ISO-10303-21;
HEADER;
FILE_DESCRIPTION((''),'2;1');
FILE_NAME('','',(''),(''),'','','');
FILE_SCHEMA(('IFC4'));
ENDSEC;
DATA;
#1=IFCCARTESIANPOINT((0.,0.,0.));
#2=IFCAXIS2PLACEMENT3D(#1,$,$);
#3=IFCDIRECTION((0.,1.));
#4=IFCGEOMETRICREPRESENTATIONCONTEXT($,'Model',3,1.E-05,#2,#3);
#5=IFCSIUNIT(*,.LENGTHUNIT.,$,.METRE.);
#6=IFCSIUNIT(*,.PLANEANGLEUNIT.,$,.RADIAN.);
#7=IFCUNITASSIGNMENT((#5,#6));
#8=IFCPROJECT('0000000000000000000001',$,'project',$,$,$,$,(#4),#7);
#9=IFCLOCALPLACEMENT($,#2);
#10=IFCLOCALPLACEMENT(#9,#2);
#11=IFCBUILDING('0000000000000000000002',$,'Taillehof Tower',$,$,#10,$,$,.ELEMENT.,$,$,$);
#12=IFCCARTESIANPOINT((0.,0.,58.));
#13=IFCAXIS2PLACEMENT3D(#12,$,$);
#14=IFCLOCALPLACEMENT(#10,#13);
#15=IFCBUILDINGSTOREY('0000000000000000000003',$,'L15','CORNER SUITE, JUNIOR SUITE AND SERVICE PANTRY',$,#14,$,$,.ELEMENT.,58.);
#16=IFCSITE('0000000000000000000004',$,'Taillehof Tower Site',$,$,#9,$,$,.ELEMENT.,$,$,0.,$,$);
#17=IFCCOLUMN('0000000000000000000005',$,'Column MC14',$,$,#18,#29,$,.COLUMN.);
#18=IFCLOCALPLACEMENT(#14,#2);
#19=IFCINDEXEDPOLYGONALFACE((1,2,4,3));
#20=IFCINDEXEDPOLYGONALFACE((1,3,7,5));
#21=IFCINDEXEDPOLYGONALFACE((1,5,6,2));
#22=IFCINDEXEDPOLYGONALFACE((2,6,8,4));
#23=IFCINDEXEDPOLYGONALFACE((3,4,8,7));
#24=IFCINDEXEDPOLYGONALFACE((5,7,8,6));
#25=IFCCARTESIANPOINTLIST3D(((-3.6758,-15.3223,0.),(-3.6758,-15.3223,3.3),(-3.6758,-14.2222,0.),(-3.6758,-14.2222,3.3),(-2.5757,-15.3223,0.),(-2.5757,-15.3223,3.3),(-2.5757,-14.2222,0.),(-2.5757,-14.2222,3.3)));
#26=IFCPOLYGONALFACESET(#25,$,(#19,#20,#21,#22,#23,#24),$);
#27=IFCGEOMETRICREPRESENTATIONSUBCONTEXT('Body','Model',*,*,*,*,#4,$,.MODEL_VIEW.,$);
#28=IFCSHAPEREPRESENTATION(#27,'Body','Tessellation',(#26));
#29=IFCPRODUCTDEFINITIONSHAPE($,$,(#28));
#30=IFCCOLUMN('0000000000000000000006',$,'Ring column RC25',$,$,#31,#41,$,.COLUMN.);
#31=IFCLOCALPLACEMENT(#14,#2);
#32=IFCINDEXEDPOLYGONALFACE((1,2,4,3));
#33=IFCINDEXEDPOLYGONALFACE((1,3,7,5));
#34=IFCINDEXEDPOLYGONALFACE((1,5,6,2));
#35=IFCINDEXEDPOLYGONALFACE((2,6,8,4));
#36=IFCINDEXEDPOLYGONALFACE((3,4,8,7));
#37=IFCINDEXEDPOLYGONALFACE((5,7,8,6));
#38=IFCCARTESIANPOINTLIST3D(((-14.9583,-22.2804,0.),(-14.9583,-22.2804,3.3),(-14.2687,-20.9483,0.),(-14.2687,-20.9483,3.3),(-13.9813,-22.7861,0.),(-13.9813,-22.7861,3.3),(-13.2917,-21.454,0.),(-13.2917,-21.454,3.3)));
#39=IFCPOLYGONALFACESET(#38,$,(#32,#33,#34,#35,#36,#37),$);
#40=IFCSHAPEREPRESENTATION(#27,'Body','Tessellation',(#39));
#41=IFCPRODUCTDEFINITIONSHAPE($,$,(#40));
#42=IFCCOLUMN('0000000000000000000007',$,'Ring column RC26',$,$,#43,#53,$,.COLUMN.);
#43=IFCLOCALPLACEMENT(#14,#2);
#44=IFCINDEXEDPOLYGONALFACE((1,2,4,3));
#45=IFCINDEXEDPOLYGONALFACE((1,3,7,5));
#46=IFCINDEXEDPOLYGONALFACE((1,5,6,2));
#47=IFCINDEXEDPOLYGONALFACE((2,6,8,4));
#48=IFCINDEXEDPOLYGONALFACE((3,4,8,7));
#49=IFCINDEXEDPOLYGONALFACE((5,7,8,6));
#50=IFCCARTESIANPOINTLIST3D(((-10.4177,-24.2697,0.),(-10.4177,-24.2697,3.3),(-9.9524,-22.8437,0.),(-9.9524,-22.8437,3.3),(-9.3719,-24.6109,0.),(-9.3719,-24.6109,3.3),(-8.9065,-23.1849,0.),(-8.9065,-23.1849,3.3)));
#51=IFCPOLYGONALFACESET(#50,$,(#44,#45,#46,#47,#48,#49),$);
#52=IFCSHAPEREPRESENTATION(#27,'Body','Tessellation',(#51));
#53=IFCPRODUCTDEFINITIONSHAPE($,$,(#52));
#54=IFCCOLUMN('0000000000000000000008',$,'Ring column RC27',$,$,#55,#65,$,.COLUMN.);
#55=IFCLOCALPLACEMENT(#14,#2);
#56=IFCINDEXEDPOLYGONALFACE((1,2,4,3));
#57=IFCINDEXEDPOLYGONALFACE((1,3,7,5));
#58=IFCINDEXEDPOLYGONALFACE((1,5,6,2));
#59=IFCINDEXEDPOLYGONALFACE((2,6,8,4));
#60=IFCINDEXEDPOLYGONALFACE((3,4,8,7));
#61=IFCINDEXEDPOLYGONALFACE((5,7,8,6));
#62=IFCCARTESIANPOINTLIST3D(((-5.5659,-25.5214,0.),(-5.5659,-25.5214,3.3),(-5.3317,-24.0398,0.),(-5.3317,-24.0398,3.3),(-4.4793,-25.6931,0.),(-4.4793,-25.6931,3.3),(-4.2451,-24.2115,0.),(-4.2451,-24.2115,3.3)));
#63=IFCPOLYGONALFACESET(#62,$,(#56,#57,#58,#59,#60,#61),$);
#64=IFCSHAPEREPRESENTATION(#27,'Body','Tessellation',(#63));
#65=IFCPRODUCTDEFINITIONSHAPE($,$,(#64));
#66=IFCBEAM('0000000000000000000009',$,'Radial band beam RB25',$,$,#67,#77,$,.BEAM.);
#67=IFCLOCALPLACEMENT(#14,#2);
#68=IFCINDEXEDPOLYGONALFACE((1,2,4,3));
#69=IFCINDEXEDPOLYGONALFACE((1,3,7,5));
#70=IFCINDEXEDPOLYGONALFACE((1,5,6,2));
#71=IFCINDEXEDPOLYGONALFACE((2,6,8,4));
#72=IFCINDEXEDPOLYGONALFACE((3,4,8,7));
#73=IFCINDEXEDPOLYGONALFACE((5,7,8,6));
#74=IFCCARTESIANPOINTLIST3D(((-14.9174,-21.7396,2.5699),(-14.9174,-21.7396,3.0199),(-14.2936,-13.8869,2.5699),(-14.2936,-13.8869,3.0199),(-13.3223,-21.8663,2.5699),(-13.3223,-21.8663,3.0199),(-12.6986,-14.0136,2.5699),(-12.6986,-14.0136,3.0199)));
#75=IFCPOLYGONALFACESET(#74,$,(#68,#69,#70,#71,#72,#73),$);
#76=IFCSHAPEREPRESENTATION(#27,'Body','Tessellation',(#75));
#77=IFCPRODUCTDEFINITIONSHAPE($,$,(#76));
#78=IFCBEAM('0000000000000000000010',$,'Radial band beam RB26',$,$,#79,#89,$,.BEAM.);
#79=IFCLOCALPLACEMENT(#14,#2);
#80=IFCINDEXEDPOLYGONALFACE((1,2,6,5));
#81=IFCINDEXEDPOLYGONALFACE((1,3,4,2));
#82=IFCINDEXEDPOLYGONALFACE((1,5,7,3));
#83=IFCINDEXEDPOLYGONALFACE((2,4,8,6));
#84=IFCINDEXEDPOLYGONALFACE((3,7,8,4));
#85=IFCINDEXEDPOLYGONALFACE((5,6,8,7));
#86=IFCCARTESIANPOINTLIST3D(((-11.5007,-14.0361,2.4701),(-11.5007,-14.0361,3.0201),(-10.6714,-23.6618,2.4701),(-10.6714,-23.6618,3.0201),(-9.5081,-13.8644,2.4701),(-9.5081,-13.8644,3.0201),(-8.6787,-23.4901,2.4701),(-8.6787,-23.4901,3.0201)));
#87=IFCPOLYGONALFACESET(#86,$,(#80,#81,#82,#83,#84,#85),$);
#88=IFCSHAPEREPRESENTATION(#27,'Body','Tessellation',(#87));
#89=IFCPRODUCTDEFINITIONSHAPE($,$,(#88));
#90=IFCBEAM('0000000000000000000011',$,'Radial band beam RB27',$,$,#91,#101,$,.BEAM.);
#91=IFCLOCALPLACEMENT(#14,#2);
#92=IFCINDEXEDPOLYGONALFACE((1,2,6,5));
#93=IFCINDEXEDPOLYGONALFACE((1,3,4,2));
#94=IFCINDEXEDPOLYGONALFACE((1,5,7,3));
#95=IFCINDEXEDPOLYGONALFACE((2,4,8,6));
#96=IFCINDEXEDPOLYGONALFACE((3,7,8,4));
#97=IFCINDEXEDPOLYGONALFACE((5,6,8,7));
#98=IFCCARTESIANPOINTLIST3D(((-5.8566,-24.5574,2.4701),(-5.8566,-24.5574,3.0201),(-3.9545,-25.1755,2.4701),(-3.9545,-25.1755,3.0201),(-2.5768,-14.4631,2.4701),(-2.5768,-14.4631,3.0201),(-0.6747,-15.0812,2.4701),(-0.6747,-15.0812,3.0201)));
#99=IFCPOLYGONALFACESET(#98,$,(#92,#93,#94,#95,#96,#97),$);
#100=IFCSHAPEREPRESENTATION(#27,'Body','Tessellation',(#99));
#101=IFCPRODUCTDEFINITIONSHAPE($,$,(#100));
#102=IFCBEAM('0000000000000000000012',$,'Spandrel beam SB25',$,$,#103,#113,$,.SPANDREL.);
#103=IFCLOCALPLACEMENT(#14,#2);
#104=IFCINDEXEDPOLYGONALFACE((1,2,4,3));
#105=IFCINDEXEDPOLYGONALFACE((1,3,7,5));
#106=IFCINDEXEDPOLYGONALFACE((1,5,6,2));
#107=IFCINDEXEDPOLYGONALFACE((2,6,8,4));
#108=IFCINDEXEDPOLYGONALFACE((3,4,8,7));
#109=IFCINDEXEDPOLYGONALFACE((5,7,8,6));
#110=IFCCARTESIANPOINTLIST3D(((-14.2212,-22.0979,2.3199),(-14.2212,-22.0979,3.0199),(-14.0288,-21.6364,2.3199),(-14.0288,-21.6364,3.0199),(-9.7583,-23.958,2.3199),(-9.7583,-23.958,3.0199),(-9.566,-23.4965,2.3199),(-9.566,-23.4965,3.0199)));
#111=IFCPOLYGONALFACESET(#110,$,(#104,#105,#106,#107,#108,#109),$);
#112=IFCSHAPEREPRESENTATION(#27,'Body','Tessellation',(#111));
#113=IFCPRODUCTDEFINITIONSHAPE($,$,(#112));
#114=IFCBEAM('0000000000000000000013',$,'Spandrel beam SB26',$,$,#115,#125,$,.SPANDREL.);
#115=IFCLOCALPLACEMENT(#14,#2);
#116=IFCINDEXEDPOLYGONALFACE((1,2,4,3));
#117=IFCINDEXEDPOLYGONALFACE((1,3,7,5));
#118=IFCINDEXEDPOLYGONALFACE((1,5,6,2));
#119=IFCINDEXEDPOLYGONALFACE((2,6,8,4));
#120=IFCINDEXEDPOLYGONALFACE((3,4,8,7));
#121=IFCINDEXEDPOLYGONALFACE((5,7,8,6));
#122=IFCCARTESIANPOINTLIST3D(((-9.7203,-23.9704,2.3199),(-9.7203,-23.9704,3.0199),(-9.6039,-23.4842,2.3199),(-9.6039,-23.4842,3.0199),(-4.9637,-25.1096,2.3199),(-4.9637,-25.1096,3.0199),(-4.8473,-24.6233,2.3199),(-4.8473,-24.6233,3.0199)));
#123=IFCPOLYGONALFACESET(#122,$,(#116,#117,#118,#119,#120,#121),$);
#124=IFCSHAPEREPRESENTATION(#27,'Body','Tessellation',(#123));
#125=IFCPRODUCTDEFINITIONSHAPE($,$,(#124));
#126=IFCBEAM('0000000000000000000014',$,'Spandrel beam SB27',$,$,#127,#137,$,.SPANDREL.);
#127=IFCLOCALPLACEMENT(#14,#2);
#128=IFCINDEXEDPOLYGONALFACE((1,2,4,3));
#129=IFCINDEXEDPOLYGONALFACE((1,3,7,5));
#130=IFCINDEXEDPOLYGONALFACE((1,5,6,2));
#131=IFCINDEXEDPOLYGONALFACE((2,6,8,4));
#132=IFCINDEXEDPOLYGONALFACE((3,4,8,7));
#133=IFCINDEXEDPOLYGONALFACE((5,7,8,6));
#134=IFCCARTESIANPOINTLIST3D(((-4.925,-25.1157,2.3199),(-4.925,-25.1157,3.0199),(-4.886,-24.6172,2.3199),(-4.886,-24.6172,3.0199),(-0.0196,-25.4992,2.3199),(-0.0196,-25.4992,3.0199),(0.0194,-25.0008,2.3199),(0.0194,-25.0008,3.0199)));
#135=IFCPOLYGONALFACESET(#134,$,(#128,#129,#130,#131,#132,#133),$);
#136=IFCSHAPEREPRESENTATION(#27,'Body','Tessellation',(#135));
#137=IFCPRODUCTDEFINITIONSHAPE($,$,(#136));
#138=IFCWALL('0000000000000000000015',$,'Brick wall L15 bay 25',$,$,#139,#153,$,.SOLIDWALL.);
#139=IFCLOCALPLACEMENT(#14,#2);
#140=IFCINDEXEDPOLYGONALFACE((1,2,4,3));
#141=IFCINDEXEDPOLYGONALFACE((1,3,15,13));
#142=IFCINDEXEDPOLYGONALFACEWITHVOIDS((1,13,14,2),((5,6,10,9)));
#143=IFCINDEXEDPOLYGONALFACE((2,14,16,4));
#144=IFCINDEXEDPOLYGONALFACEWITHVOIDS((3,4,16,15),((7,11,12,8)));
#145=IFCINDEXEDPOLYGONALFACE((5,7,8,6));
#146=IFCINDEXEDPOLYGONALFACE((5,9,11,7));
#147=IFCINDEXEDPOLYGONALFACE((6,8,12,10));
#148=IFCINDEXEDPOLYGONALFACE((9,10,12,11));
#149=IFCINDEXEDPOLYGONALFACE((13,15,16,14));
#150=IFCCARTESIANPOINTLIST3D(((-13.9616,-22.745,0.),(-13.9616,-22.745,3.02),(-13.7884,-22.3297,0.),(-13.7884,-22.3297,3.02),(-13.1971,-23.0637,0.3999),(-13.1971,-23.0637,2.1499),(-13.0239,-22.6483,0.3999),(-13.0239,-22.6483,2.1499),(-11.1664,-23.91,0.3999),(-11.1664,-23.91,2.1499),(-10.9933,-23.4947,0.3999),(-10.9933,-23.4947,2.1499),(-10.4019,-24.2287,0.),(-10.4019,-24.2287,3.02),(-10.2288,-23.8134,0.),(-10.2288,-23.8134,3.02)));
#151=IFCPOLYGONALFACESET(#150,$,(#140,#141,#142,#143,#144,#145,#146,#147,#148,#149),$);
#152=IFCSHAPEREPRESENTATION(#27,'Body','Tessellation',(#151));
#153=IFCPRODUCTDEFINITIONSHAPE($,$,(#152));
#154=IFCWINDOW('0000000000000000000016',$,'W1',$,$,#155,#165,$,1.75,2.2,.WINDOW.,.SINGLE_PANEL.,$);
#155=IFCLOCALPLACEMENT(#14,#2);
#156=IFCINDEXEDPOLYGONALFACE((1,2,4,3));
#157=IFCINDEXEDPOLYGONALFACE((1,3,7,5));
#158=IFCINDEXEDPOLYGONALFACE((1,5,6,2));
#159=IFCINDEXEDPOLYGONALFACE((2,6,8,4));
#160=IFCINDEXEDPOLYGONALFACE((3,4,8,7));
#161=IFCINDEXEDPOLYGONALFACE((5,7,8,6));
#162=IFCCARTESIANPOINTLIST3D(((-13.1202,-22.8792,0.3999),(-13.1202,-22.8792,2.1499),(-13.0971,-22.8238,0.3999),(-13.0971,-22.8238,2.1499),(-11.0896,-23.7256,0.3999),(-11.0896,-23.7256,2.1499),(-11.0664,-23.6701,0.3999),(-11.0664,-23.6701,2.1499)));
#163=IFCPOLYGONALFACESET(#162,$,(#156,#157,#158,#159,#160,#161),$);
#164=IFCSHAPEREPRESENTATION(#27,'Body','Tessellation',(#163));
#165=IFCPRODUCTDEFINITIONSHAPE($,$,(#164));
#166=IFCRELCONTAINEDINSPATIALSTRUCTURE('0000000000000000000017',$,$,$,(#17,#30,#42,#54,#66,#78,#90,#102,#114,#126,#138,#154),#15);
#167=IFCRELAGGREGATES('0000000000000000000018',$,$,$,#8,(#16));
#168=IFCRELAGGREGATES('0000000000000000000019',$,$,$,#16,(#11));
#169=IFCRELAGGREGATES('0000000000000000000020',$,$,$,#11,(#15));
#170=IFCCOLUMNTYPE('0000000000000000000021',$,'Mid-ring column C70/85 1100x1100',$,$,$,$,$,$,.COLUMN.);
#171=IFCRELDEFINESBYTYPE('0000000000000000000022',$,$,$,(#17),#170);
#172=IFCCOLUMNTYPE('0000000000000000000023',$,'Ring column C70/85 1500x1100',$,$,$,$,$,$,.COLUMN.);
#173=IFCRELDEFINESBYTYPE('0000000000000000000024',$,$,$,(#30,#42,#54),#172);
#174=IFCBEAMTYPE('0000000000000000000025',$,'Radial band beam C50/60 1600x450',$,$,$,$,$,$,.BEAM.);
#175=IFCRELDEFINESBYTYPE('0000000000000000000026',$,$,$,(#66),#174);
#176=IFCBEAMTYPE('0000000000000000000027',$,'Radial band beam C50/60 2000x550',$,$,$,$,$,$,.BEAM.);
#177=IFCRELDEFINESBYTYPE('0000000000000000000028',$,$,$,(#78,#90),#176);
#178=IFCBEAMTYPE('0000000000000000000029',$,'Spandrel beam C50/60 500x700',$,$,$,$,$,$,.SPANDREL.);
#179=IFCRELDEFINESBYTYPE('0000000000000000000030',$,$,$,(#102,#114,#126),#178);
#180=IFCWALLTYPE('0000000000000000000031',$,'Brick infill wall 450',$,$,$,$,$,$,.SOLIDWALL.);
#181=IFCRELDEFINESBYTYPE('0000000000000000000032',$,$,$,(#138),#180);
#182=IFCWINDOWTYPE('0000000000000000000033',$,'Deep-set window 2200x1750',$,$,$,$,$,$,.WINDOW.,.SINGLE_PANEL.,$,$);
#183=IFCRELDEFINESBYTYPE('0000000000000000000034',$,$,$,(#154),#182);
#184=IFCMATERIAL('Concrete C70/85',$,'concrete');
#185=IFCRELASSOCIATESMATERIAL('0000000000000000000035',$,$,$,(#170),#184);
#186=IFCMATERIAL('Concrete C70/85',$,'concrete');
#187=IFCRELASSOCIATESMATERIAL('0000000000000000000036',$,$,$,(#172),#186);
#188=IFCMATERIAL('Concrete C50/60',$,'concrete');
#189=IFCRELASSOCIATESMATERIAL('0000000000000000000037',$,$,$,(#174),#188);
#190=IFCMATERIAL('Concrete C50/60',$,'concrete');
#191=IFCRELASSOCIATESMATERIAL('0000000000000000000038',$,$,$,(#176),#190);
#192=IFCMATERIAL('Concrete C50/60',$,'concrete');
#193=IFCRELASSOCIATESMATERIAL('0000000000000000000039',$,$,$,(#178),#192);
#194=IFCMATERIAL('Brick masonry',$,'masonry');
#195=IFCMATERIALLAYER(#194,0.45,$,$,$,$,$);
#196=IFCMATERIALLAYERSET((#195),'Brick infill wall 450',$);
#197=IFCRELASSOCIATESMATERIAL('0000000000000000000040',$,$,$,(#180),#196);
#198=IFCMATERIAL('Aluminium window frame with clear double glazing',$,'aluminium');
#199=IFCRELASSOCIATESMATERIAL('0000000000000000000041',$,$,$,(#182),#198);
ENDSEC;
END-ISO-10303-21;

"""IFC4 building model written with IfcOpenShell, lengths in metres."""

from ifc_helpers import new_model, si_unit, direction, frame, frame_2d, origin, origin_2d, place, context, subcontext, project, spatial, rectangle, extrude, material, layer, layer_set, material_profile, profile_set, type_object, element, fill, save


model = new_model("IFC4")

# Units and contexts
model_context = context("Model", 3, precision=1e-05, world=origin(), true_north=direction((0.0, 1.0)))
body_context = subcontext(model_context, "Body", "Model", "MODEL_VIEW")
ifc_project = project(units=[si_unit("LENGTHUNIT", "METRE"), si_unit("PLANEANGLEUNIT", "RADIAN")], contexts=[model_context])

# Site, building, storey
site_placement = place(None, origin())
site = spatial("IfcSite", under=ifc_project, at=site_placement, Name="Taillehof Tower Site", CompositionType="ELEMENT", RefElevation=0.0)
building_placement = place(site_placement, origin())
building = spatial("IfcBuilding", under=site, at=building_placement, Name="Taillehof Tower", CompositionType="ELEMENT")
storey_placement = place(building_placement, frame((0.0, 0.0, 58.0)))
storey = spatial("IfcBuildingStorey", under=building, at=storey_placement, Name="L15", Description="CORNER SUITE, JUNIOR SUITE AND SERVICE PANTRY", CompositionType="ELEMENT", Elevation=58.0)

# Columns
ifc_material_1 = material(Name="Concrete C70/85", Category="concrete")
ifc_material_profile_1 = material_profile(ifc_material_1, rectangle(XDim=1.1001, YDim=1.1001, at=origin_2d()), Name="RC 1100x1100")
ifc_profile_set_1 = profile_set([ifc_material_profile_1], Name="Concrete C70/85")
column_type_1 = type_object("IfcColumnType", Name="Mid-ring column C70/85 1100x1100", PredefinedType="COLUMN", material=ifc_profile_set_1)
column_placement = place(storey_placement, frame((-3.1257, -14.7722, 0.0), z_axis=(0.0, 0.0, 1.0), x_axis=(1.0, 0.0, 0.0)))
element("IfcColumn", 1, at=column_placement, inside=storey, type_object=column_type_1, Name="Column MC14", PredefinedType="COLUMN", context=body_context, shape_type="SweptSolid", body=[
    extrude(rectangle(XDim=1.1001, YDim=1.1001, at=origin_2d()), origin(), (0.0, 0.0, 1.0), 3.3),
])
ifc_material_2 = material(Name="Concrete C70/85", Category="concrete")
ifc_material_profile_2 = material_profile(ifc_material_2, rectangle(XDim=1.5, YDim=1.1001, at=origin_2d()), Name="RC 1500x1100")
ifc_profile_set_2 = profile_set([ifc_material_profile_2], Name="Concrete C70/85")
column_type_2 = type_object("IfcColumnType", Name="Ring column C70/85 1500x1100", PredefinedType="COLUMN", material=ifc_profile_set_2)
for number, where, z_axis, x_axis, name in (
    (2, (-14.125, -21.8672, 0.0), (0.0, 0.0, 1.0), (-0.459691, -0.888079, 0.0), "Ring column RC25"),
    (3, (-9.6621, -23.7273, 0.0), (0.0, 0.0, 1.0), (-0.310219, -0.950665, 0.0), "Ring column RC26"),
    (4, (-4.9055, -24.8665, 0.0), (0.0, 0.0, 1.0), (-0.156147, -0.987734, 0.0), "Ring column RC27"),
):
    element("IfcColumn", number, at=place(storey_placement, frame(where, z_axis=z_axis, x_axis=x_axis)), inside=storey, type_object=column_type_2, Name=name, PredefinedType="COLUMN", context=body_context, shape_type="SweptSolid", body=[
        extrude(rectangle(XDim=1.5, YDim=1.1001, at=origin_2d()), origin(), (0.0, 0.0, 1.0), 3.3),
    ])

# Beams
ifc_material_3 = material(Name="Concrete C50/60", Category="concrete")
ifc_material_profile_3 = material_profile(ifc_material_3, rectangle(XDim=1.6001, YDim=0.45, at=origin_2d()), Name="RC 1600x450")
ifc_profile_set_3 = profile_set([ifc_material_profile_3], Name="Concrete C50/60")
beam_type_1 = type_object("IfcBeamType", Name="Radial band beam C50/60 1600x450", PredefinedType="BEAM", material=ifc_profile_set_3)
beam_1_placement = place(storey_placement, frame((-14.1199, -21.803, 2.7949), z_axis=(0.079185, 0.99686, 0.0), x_axis=(-0.99686, 0.079185, 0.0)))
element("IfcBeam", 5, at=beam_1_placement, inside=storey, type_object=beam_type_1, Name="Radial band beam RB25", PredefinedType="BEAM", context=body_context, shape_type="SweptSolid", body=[
    extrude(rectangle(XDim=1.6001, YDim=0.45, at=origin_2d()), origin(), (0.0, 0.0, 1.0), 7.8774),
])
ifc_material_4 = material(Name="Concrete C50/60", Category="concrete")
ifc_material_profile_4 = material_profile(ifc_material_4, rectangle(XDim=2.0, YDim=0.55, at=origin_2d()), Name="RC 2000x550")
ifc_profile_set_4 = profile_set([ifc_material_profile_4], Name="Concrete C50/60")
beam_type_2 = type_object("IfcBeamType", Name="Radial band beam C50/60 2000x550", PredefinedType="BEAM", material=ifc_profile_set_4)
beam_2_placement = place(storey_placement, frame((-9.675, -23.5759, 2.7451), z_axis=(-0.085841, 0.996309, 0.0), x_axis=(-0.996309, -0.085841, 0.0)))
element("IfcBeam", 6, at=beam_2_placement, inside=storey, type_object=beam_type_2, Name="Radial band beam RB26", PredefinedType="BEAM", context=body_context, shape_type="SweptSolid", body=[
    extrude(rectangle(XDim=2.0, YDim=0.55, at=origin_2d()), origin(), (0.0, 0.0, 1.0), 9.6614),
])
beam_3_placement = place(storey_placement, frame((-4.9055, -24.8665, 2.7451), z_axis=(0.309014, 0.951057, 0.0), x_axis=(-0.951057, 0.309014, 0.0)))
element("IfcBeam", 7, at=beam_3_placement, inside=storey, type_object=beam_type_2, Name="Radial band beam RB27", PredefinedType="BEAM", context=body_context, shape_type="SweptSolid", body=[
    extrude(rectangle(XDim=2.0, YDim=0.55, at=origin_2d()), origin(), (0.0, 0.0, 1.0), 10.6138),
])
ifc_material_5 = material(Name="Concrete C50/60", Category="concrete")
ifc_material_profile_5 = material_profile(ifc_material_5, rectangle(XDim=0.5, YDim=0.7, at=origin_2d()), Name="RC 500x700")
ifc_profile_set_5 = profile_set([ifc_material_profile_5], Name="Concrete C50/60")
beam_type_3 = type_object("IfcBeamType", Name="Spandrel beam C50/60 500x700", PredefinedType="SPANDREL", material=ifc_profile_set_5)
beam_4_placement = place(storey_placement, frame((-14.125, -21.8672, 2.6699), z_axis=(0.923035, -0.384716, 0.0), x_axis=(0.384716, 0.923035, 0.0)))
element("IfcBeam", 8, at=beam_4_placement, inside=storey, type_object=beam_type_3, Name="Spandrel beam SB25", PredefinedType="SPANDREL", context=body_context, shape_type="SweptSolid", body=[
    extrude(rectangle(XDim=0.5, YDim=0.7, at=origin_2d()), origin(), (0.0, 0.0, 1.0), 4.835),
])
beam_5_placement = place(storey_placement, frame((-9.6621, -23.7273, 2.6699), z_axis=(0.9725, -0.232905, 0.0), x_axis=(0.232905, 0.9725, 0.0)))
element("IfcBeam", 9, at=beam_5_placement, inside=storey, type_object=beam_type_3, Name="Spandrel beam SB26", PredefinedType="SPANDREL", context=body_context, shape_type="SweptSolid", body=[
    extrude(rectangle(XDim=0.5, YDim=0.7, at=origin_2d()), origin(), (0.0, 0.0, 1.0), 4.8911),
])
beam_6_placement = place(storey_placement, frame((-4.9055, -24.8665, 2.6699), z_axis=(0.996957, -0.077949, 0.0), x_axis=(0.077949, 0.996957, 0.0)))
element("IfcBeam", 10, at=beam_6_placement, inside=storey, type_object=beam_type_3, Name="Spandrel beam SB27", PredefinedType="SPANDREL", context=body_context, shape_type="SweptSolid", body=[
    extrude(rectangle(XDim=0.5, YDim=0.7, at=origin_2d()), origin(), (0.0, 0.0, 1.0), 4.9204),
])

# Wall, opening, window
ifc_material_6 = material(Name="Brick masonry", Category="masonry")
ifc_layer_1 = layer(ifc_material_6, 0.45)
ifc_layer_set_1 = layer_set([ifc_layer_1], Name="Brick infill wall 450")
wall_type_1 = type_object("IfcWallType", Name="Brick infill wall 450", PredefinedType="SOLIDWALL", material=ifc_layer_set_1)
wall_1_placement = place(storey_placement, frame((-13.875, -22.5374, 0.0), z_axis=(0.0, 0.0, 1.0), x_axis=(0.923032, -0.384723, 0.0)))
wall_1 = element("IfcWall", 11, at=wall_1_placement, inside=storey, type_object=wall_type_1, Name="Brick wall L15 bay 25", PredefinedType="SOLIDWALL", context=body_context, shape_type="SweptSolid", body=[
    extrude(rectangle(XDim=3.8564, YDim=0.45, at=frame_2d((1.9282, 0.0))), origin(), (0.0, 0.0, 1.0), 3.02),
])
opening_1_placement = place(wall_1_placement, frame((0.8281, 0.0, 0.3999)))
opening_1 = element("IfcOpeningElement", 12, at=opening_1_placement, cuts=wall_1, PredefinedType="OPENING", context=body_context, shape_type="SweptSolid", body=[
    extrude(rectangle(XDim=2.2, YDim=1.75, at=frame_2d((1.1001, 0.875))), frame((0.0, 0.2349, 0.0), z_axis=(0.0, -1.0, 0.0), x_axis=(1.0, 0.0, 0.0)), (0.0, 0.0, 1.0), 0.47),
])
ifc_material_7 = material(Name="Aluminium window frame with clear double glazing", Category="aluminium")
window_type = type_object("IfcWindowType", Name="Deep-set window 2200x1750", PartitioningType="SINGLE_PANEL", PredefinedType="WINDOW", material=ifc_material_7)
window_1_placement = place(opening_1_placement, origin())
window_1 = element("IfcWindow", 13, at=window_1_placement, inside=storey, type_object=window_type, Name="W1", OverallHeight=1.75, OverallWidth=2.2, PartitioningType="SINGLE_PANEL", PredefinedType="WINDOW", context=body_context, shape_type="SweptSolid", body=[
    extrude(rectangle(XDim=2.2, YDim=1.75, at=frame_2d((1.1001, 0.875))), frame((0.0, 0.0349, 0.0), z_axis=(0.0, -1.0, 0.0), x_axis=(1.0, 0.0, 0.0)), (0.0, 0.0, 1.0), 0.0601),
])
fill(opening_1, window_1)

save(model, "model.ifc")
